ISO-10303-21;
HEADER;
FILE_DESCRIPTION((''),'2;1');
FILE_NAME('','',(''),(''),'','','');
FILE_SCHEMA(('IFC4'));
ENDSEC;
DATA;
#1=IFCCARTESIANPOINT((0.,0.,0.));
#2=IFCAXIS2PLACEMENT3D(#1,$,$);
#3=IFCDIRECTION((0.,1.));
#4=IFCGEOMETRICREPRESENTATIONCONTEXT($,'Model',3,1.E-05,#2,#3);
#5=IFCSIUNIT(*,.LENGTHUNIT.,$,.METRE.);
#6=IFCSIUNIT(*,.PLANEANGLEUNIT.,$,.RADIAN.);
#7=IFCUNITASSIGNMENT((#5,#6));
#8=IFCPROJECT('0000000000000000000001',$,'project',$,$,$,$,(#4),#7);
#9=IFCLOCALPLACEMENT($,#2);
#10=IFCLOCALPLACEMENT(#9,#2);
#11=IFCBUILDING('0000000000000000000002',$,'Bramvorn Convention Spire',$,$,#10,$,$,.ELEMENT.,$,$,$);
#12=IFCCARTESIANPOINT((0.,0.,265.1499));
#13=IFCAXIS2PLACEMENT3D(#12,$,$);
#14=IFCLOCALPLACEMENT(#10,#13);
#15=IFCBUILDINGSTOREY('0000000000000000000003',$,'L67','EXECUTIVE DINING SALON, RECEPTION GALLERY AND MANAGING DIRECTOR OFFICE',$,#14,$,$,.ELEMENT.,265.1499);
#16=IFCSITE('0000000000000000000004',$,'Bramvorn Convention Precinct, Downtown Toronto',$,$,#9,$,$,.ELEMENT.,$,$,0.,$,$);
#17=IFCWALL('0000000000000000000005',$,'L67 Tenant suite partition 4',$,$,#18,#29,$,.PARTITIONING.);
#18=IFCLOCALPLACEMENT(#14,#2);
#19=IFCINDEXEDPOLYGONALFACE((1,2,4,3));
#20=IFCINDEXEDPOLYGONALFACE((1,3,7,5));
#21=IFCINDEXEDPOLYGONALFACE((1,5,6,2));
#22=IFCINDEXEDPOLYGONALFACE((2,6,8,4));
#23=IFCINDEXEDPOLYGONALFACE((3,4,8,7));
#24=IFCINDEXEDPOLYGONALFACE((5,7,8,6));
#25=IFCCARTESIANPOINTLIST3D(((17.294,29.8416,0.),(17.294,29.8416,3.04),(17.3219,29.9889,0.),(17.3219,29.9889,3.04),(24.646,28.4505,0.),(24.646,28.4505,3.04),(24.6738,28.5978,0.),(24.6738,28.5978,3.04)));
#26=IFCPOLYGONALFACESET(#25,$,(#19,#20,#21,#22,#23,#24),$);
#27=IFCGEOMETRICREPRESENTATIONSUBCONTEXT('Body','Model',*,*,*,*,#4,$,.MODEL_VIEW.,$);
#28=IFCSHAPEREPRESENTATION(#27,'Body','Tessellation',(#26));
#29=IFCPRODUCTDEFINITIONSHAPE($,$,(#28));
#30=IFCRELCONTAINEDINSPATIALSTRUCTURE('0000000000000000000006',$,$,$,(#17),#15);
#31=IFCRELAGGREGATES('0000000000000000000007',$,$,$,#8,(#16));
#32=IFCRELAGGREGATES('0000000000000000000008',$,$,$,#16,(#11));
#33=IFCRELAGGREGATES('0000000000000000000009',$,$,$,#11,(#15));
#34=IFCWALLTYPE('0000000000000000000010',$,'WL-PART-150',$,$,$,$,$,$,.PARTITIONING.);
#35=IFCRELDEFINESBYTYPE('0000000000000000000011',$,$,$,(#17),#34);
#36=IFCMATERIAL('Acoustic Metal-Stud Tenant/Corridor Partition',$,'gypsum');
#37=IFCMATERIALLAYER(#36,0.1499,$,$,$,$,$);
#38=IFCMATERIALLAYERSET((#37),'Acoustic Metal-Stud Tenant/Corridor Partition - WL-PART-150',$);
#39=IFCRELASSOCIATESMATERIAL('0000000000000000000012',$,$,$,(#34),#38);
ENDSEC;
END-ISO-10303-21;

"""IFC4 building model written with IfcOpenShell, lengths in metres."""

from ifc_helpers import new_model, si_unit, direction, frame, frame_2d, origin, place, context, subcontext, project, spatial, rectangle, extrude, material, layer, layer_set, type_object, element, save


model = new_model("IFC4")

# Units and contexts
model_context = context("Model", 3, precision=1e-05, world=origin(), true_north=direction((0.0, 1.0)))
body_context = subcontext(model_context, "Body", "Model", "MODEL_VIEW")
ifc_project = project(units=[si_unit("LENGTHUNIT", "METRE"), si_unit("PLANEANGLEUNIT", "RADIAN")], contexts=[model_context])

# Site, building, storey
site_placement = place(None, origin())
site = spatial("IfcSite", under=ifc_project, at=site_placement, Name="Bramvorn Convention Precinct, Downtown Toronto", CompositionType="ELEMENT", RefElevation=0.0)
building_placement = place(site_placement, origin())
building = spatial("IfcBuilding", under=site, at=building_placement, Name="Bramvorn Convention Spire", CompositionType="ELEMENT")
storey_placement = place(building_placement, frame((0.0, 0.0, 265.1499)))
storey = spatial("IfcBuildingStorey", under=building, at=storey_placement, Name="L67", Description="EXECUTIVE DINING SALON, RECEPTION GALLERY AND MANAGING DIRECTOR OFFICE", CompositionType="ELEMENT", Elevation=265.1499)

# Wall
ifc_material_1 = material(Name="Acoustic Metal-Stud Tenant/Corridor Partition", Category="gypsum")
ifc_layer_1 = layer(ifc_material_1, 0.1499)
ifc_layer_set_1 = layer_set([ifc_layer_1], Name="Acoustic Metal-Stud Tenant/Corridor Partition - WL-PART-150")
wall_type_1 = type_object("IfcWallType", Name="WL-PART-150", PredefinedType="PARTITIONING", material=ifc_layer_set_1)
wall_1_placement = place(storey_placement, frame((24.6599, 28.5242, 0.0), z_axis=(0.0, 0.0, 1.0), x_axis=(-0.982566, 0.185916, 0.0)))
element("IfcWall", 1, at=wall_1_placement, inside=storey, type_object=wall_type_1, Name="L67 Tenant suite partition 4", PredefinedType="PARTITIONING", context=body_context, shape_type="SweptSolid", body=[
    extrude(rectangle(XDim=7.4824, YDim=0.1499, at=frame_2d((3.7412, 0.0))), origin(), (0.0, 0.0, 1.0), 3.04),
])

save(model, "model.ifc")
